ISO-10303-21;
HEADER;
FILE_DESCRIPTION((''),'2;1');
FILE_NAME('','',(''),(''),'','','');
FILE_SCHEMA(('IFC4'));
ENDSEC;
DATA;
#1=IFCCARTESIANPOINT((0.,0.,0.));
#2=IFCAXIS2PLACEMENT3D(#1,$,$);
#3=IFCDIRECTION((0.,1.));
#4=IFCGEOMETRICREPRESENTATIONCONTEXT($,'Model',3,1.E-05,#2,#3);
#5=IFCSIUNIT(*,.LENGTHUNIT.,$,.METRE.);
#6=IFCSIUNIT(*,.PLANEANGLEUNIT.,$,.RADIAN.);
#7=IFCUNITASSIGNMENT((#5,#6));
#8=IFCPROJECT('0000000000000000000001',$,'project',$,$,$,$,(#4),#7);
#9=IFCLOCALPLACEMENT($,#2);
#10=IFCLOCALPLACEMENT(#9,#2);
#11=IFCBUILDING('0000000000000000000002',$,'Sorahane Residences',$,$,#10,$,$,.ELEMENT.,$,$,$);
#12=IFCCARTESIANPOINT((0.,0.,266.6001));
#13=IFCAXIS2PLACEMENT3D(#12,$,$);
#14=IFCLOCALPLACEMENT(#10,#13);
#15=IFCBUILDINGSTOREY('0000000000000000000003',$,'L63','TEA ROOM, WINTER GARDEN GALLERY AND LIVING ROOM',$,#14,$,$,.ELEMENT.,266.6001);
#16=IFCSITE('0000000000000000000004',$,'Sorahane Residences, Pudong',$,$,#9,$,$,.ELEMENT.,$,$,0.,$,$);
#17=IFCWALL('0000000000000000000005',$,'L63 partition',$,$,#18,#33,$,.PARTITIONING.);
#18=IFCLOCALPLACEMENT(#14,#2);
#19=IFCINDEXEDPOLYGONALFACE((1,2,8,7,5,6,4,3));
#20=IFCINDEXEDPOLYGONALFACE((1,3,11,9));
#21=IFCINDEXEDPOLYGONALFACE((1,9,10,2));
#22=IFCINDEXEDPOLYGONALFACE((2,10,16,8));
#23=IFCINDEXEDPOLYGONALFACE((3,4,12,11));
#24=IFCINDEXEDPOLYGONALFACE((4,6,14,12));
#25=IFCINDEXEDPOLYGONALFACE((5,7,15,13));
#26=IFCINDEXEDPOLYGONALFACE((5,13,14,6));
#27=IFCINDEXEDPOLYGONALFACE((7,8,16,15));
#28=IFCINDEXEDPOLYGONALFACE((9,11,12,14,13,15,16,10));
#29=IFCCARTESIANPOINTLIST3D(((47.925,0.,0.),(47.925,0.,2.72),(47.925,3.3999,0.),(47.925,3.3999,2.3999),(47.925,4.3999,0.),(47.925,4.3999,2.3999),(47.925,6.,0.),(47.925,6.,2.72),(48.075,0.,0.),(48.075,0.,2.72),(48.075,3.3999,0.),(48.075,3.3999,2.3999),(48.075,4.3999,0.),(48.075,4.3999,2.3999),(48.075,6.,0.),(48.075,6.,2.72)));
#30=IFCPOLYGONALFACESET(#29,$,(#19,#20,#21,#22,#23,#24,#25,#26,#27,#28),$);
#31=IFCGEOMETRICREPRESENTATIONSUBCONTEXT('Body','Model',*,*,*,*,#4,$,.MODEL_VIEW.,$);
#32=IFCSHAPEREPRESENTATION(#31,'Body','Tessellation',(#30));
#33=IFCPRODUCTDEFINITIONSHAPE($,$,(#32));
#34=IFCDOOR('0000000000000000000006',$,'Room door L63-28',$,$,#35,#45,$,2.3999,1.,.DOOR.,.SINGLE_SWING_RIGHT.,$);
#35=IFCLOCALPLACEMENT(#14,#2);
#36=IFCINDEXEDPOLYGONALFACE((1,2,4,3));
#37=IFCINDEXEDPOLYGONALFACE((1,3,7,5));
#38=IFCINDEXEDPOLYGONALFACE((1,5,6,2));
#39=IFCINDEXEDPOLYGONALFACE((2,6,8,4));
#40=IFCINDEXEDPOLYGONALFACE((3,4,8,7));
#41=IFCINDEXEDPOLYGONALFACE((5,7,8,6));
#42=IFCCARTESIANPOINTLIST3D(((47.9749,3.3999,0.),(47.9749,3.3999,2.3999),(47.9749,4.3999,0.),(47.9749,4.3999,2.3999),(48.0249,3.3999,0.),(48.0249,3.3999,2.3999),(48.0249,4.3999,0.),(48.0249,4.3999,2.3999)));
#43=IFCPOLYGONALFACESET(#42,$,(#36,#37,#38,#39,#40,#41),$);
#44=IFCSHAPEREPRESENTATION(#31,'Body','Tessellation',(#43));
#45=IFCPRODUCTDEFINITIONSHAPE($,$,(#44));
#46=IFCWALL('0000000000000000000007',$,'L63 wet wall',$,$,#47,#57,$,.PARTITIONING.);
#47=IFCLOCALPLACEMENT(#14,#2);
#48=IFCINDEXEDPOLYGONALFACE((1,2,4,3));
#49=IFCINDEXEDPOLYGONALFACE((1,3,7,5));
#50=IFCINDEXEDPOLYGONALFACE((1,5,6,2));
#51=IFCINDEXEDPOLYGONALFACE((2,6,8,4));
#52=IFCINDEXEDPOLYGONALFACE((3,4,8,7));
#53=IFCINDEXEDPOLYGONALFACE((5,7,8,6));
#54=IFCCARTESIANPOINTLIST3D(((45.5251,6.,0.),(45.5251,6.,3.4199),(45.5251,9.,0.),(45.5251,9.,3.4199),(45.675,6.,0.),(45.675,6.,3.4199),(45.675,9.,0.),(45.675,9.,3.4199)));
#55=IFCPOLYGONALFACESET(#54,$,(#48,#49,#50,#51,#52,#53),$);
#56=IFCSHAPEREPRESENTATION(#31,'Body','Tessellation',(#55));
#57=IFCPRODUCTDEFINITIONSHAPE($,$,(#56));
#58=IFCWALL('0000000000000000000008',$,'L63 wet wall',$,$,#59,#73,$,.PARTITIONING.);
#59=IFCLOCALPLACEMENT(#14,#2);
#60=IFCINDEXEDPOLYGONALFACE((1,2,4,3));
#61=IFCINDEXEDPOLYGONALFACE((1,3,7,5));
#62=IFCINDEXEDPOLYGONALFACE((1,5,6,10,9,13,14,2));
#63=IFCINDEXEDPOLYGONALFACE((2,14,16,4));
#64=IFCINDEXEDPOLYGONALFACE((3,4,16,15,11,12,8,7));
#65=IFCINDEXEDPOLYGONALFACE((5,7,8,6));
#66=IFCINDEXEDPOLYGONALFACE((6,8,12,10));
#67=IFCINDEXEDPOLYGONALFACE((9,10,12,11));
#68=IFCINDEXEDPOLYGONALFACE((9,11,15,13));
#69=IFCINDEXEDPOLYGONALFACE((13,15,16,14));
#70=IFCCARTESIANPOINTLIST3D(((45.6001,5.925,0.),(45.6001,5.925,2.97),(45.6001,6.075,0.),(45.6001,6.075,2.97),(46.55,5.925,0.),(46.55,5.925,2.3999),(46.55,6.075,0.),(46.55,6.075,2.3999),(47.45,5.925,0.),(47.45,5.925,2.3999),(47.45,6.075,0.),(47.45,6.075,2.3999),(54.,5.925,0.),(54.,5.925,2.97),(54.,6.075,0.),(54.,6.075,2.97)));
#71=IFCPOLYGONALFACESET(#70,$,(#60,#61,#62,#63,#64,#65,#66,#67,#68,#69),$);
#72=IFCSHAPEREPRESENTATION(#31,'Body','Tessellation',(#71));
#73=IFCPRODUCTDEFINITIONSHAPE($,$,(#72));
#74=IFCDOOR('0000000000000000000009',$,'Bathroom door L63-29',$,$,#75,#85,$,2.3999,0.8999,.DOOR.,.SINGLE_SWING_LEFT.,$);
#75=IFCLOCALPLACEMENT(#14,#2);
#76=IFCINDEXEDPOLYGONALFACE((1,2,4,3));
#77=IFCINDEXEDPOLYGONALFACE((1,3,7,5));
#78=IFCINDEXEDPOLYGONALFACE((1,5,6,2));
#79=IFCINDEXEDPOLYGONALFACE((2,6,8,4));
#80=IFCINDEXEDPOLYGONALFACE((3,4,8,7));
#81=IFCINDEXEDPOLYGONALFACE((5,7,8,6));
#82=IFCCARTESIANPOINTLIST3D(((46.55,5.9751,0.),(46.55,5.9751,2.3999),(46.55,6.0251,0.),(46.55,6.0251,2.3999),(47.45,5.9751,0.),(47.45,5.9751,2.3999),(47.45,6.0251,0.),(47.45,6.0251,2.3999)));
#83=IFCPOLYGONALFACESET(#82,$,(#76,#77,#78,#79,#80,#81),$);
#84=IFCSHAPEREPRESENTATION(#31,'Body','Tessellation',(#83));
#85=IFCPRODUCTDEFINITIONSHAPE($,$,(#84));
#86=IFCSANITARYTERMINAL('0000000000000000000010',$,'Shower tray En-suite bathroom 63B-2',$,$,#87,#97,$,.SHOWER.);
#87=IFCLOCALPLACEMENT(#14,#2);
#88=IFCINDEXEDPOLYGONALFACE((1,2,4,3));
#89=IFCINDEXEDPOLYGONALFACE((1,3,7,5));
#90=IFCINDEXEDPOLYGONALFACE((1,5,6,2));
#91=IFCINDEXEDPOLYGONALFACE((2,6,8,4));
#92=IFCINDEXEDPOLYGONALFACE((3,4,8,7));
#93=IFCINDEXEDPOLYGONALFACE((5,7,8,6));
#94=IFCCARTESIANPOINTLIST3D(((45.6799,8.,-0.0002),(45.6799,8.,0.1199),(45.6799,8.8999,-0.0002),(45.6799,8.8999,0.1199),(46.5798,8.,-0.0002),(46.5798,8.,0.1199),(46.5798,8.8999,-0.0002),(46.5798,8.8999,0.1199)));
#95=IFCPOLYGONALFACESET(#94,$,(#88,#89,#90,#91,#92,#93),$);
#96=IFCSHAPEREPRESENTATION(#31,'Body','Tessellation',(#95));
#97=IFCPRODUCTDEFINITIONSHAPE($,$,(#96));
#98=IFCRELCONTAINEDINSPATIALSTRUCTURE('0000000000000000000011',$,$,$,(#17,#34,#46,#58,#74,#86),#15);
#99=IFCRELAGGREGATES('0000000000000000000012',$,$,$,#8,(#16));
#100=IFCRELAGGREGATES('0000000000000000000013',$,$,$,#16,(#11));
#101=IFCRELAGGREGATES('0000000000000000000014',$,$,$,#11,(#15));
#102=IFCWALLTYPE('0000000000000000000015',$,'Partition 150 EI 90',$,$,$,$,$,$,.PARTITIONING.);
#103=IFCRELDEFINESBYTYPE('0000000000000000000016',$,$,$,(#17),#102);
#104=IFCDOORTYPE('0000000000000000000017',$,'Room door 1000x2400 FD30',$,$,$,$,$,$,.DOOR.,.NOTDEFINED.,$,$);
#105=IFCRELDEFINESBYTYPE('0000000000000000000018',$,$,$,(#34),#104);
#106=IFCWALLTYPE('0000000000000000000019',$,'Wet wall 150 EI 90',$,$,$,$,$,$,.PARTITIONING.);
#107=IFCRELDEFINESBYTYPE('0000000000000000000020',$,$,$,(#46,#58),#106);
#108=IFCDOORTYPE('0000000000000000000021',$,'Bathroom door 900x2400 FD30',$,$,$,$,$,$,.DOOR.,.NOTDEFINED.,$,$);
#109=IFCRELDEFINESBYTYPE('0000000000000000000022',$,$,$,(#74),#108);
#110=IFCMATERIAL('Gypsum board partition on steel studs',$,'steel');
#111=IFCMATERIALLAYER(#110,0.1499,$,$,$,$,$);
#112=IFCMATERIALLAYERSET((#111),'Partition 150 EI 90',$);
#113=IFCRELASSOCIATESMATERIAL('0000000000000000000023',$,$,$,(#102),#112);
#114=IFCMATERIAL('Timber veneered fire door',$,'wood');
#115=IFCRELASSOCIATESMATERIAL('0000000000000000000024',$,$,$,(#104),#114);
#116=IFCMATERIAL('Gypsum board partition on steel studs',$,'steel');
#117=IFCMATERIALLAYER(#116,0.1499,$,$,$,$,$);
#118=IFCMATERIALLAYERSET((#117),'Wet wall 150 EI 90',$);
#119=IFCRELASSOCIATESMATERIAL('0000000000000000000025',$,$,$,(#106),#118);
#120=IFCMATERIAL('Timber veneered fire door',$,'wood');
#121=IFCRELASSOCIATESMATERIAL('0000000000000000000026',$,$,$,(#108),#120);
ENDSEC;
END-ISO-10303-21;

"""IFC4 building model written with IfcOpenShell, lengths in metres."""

from ifc_helpers import new_model, si_unit, direction, frame, frame_2d, origin, origin_2d, place, context, subcontext, project, spatial, rectangle, extrude, material, layer, layer_set, type_object, element, fill, save


model = new_model("IFC4")

# Units and contexts
model_context = context("Model", 3, precision=1e-05, world=origin(), true_north=direction((0.0, 1.0)))
body_context = subcontext(model_context, "Body", "Model", "MODEL_VIEW")
ifc_project = project(units=[si_unit("LENGTHUNIT", "METRE"), si_unit("PLANEANGLEUNIT", "RADIAN")], contexts=[model_context])

# Site, building, storey
site_placement = place(None, origin())
site = spatial("IfcSite", under=ifc_project, at=site_placement, Name="Sorahane Residences, Pudong", CompositionType="ELEMENT", RefElevation=0.0)
building_placement = place(site_placement, origin())
building = spatial("IfcBuilding", under=site, at=building_placement, Name="Sorahane Residences", CompositionType="ELEMENT")
storey_placement = place(building_placement, frame((0.0, 0.0, 266.6001)))
storey = spatial("IfcBuildingStorey", under=building, at=storey_placement, Name="L63", Description="TEA ROOM, WINTER GARDEN GALLERY AND LIVING ROOM", CompositionType="ELEMENT", Elevation=266.6001)

# Shared definitions
ifc_material_1 = material(Name="Gypsum board partition on steel studs", Category="steel")
ifc_layer_1 = layer(ifc_material_1, 0.1499)
ifc_layer_set_1 = layer_set([ifc_layer_1], Name="Partition 150 EI 90")
wall_type_1 = type_object("IfcWallType", Name="Partition 150 EI 90", PredefinedType="PARTITIONING", material=ifc_layer_set_1)

# Wall, opening, door
wall_1_placement = place(storey_placement, frame((48.0, 0.0, 0.0), z_axis=(0.0, 0.0, 1.0), x_axis=(0.0, 1.0, 0.0)))
wall_1 = element("IfcWall", 1, at=wall_1_placement, inside=storey, type_object=wall_type_1, Name="L63 partition", PredefinedType="PARTITIONING", context=body_context, shape_type="SweptSolid", body=[
    extrude(rectangle(XDim=6.0, YDim=0.1499, at=frame_2d((3.0, 0.0))), origin(), (0.0, 0.0, 1.0), 2.72),
])
opening_1_placement = place(wall_1_placement, frame((3.3999, 0.0, 0.0)))
opening_1 = element("IfcOpeningElement", 2, at=opening_1_placement, cuts=wall_1, PredefinedType="OPENING", context=body_context, shape_type="SweptSolid", body=[
    extrude(rectangle(XDim=1.0, YDim=2.3999, at=frame_2d((0.5, 1.2))), frame((0.0, 0.085, 0.0), z_axis=(0.0, -1.0, 0.0), x_axis=(1.0, 0.0, 0.0)), (0.0, 0.0, 1.0), 0.1699),
])
ifc_material_2 = material(Name="Timber veneered fire door", Category="wood")
door_type_1 = type_object("IfcDoorType", Name="Room door 1000x2400 FD30", OperationType="NOTDEFINED", PredefinedType="DOOR", material=ifc_material_2)
door_1_placement = place(opening_1_placement, frame((1.0, 0.0, 0.0), z_axis=(0.0, 0.0, 1.0), x_axis=(-1.0, 0.0, 0.0)))
door_1 = element("IfcDoor", 3, at=door_1_placement, inside=storey, type_object=door_type_1, Name="Room door L63-28", OperationType="SINGLE_SWING_RIGHT", OverallHeight=2.3999, OverallWidth=1.0, PredefinedType="DOOR", context=body_context, shape_type="SweptSolid", body=[
    extrude(rectangle(XDim=1.0, YDim=2.3999, at=frame_2d((0.5, 1.2))), frame((0.0, 0.0249, 0.0), z_axis=(0.0, -1.0, 0.0), x_axis=(1.0, 0.0, 0.0)), (0.0, 0.0, 1.0), 0.05),
])
fill(opening_1, door_1)

# Wall
ifc_material_3 = material(Name="Gypsum board partition on steel studs", Category="steel")
ifc_layer_2 = layer(ifc_material_3, 0.1499)
ifc_layer_set_2 = layer_set([ifc_layer_2], Name="Wet wall 150 EI 90")
wall_type_2 = type_object("IfcWallType", Name="Wet wall 150 EI 90", PredefinedType="PARTITIONING", material=ifc_layer_set_2)
wall_2_placement = place(storey_placement, frame((45.6001, 6.0, 0.0), z_axis=(0.0, 0.0, 1.0), x_axis=(0.0, 1.0, 0.0)))
element("IfcWall", 4, at=wall_2_placement, inside=storey, type_object=wall_type_2, Name="L63 wet wall", PredefinedType="PARTITIONING", context=body_context, shape_type="SweptSolid", body=[
    extrude(rectangle(XDim=3.0, YDim=0.1499, at=frame_2d((1.5, 0.0))), origin(), (0.0, 0.0, 1.0), 3.4199),
])

# Wall, opening, door
wall_3_placement = place(storey_placement, frame((45.6001, 6.0, 0.0), z_axis=(0.0, 0.0, 1.0), x_axis=(1.0, 0.0, 0.0)))
wall_3 = element("IfcWall", 5, at=wall_3_placement, inside=storey, type_object=wall_type_2, Name="L63 wet wall", PredefinedType="PARTITIONING", context=body_context, shape_type="SweptSolid", body=[
    extrude(rectangle(XDim=8.3999, YDim=0.1499, at=frame_2d((4.2, 0.0))), origin(), (0.0, 0.0, 1.0), 2.97),
])
opening_2_placement = place(wall_3_placement, frame((0.95, 0.0, 0.0)))
opening_2 = element("IfcOpeningElement", 6, at=opening_2_placement, cuts=wall_3, PredefinedType="OPENING", context=body_context, shape_type="SweptSolid", body=[
    extrude(rectangle(XDim=0.8999, YDim=2.3999, at=frame_2d((0.45, 1.2))), frame((0.0, 0.085, 0.0), z_axis=(0.0, -1.0, 0.0), x_axis=(1.0, 0.0, 0.0)), (0.0, 0.0, 1.0), 0.1699),
])
ifc_material_4 = material(Name="Timber veneered fire door", Category="wood")
door_type_2 = type_object("IfcDoorType", Name="Bathroom door 900x2400 FD30", OperationType="NOTDEFINED", PredefinedType="DOOR", material=ifc_material_4)
door_2_placement = place(opening_2_placement, frame((0.8999, 0.0, 0.0), z_axis=(0.0, 0.0, 1.0), x_axis=(-1.0, 0.0, 0.0)))
door_2 = element("IfcDoor", 7, at=door_2_placement, inside=storey, type_object=door_type_2, Name="Bathroom door L63-29", OperationType="SINGLE_SWING_LEFT", OverallHeight=2.3999, OverallWidth=0.8999, PredefinedType="DOOR", context=body_context, shape_type="SweptSolid", body=[
    extrude(rectangle(XDim=0.8999, YDim=2.3999, at=frame_2d((0.45, 1.2))), frame((0.0, 0.0249, 0.0), z_axis=(0.0, -1.0, 0.0), x_axis=(1.0, 0.0, 0.0)), (0.0, 0.0, 1.0), 0.05),
])
fill(opening_2, door_2)

# Sanitary terminal
sanitary_terminal_placement = place(storey_placement, frame((46.1299, 8.45, -0.0002), z_axis=(0.0, 0.0, 1.0), x_axis=(1.0, 0.0, 0.0)))
element("IfcSanitaryTerminal", 8, at=sanitary_terminal_placement, inside=storey, Name="Shower tray En-suite bathroom 63B-2", PredefinedType="SHOWER", context=body_context, shape_type="SweptSolid", body=[
    extrude(rectangle(XDim=0.8999, YDim=0.8999, at=origin_2d()), origin(), (0.0, 0.0, 1.0), 0.1201),
])

save(model, "model.ifc")
